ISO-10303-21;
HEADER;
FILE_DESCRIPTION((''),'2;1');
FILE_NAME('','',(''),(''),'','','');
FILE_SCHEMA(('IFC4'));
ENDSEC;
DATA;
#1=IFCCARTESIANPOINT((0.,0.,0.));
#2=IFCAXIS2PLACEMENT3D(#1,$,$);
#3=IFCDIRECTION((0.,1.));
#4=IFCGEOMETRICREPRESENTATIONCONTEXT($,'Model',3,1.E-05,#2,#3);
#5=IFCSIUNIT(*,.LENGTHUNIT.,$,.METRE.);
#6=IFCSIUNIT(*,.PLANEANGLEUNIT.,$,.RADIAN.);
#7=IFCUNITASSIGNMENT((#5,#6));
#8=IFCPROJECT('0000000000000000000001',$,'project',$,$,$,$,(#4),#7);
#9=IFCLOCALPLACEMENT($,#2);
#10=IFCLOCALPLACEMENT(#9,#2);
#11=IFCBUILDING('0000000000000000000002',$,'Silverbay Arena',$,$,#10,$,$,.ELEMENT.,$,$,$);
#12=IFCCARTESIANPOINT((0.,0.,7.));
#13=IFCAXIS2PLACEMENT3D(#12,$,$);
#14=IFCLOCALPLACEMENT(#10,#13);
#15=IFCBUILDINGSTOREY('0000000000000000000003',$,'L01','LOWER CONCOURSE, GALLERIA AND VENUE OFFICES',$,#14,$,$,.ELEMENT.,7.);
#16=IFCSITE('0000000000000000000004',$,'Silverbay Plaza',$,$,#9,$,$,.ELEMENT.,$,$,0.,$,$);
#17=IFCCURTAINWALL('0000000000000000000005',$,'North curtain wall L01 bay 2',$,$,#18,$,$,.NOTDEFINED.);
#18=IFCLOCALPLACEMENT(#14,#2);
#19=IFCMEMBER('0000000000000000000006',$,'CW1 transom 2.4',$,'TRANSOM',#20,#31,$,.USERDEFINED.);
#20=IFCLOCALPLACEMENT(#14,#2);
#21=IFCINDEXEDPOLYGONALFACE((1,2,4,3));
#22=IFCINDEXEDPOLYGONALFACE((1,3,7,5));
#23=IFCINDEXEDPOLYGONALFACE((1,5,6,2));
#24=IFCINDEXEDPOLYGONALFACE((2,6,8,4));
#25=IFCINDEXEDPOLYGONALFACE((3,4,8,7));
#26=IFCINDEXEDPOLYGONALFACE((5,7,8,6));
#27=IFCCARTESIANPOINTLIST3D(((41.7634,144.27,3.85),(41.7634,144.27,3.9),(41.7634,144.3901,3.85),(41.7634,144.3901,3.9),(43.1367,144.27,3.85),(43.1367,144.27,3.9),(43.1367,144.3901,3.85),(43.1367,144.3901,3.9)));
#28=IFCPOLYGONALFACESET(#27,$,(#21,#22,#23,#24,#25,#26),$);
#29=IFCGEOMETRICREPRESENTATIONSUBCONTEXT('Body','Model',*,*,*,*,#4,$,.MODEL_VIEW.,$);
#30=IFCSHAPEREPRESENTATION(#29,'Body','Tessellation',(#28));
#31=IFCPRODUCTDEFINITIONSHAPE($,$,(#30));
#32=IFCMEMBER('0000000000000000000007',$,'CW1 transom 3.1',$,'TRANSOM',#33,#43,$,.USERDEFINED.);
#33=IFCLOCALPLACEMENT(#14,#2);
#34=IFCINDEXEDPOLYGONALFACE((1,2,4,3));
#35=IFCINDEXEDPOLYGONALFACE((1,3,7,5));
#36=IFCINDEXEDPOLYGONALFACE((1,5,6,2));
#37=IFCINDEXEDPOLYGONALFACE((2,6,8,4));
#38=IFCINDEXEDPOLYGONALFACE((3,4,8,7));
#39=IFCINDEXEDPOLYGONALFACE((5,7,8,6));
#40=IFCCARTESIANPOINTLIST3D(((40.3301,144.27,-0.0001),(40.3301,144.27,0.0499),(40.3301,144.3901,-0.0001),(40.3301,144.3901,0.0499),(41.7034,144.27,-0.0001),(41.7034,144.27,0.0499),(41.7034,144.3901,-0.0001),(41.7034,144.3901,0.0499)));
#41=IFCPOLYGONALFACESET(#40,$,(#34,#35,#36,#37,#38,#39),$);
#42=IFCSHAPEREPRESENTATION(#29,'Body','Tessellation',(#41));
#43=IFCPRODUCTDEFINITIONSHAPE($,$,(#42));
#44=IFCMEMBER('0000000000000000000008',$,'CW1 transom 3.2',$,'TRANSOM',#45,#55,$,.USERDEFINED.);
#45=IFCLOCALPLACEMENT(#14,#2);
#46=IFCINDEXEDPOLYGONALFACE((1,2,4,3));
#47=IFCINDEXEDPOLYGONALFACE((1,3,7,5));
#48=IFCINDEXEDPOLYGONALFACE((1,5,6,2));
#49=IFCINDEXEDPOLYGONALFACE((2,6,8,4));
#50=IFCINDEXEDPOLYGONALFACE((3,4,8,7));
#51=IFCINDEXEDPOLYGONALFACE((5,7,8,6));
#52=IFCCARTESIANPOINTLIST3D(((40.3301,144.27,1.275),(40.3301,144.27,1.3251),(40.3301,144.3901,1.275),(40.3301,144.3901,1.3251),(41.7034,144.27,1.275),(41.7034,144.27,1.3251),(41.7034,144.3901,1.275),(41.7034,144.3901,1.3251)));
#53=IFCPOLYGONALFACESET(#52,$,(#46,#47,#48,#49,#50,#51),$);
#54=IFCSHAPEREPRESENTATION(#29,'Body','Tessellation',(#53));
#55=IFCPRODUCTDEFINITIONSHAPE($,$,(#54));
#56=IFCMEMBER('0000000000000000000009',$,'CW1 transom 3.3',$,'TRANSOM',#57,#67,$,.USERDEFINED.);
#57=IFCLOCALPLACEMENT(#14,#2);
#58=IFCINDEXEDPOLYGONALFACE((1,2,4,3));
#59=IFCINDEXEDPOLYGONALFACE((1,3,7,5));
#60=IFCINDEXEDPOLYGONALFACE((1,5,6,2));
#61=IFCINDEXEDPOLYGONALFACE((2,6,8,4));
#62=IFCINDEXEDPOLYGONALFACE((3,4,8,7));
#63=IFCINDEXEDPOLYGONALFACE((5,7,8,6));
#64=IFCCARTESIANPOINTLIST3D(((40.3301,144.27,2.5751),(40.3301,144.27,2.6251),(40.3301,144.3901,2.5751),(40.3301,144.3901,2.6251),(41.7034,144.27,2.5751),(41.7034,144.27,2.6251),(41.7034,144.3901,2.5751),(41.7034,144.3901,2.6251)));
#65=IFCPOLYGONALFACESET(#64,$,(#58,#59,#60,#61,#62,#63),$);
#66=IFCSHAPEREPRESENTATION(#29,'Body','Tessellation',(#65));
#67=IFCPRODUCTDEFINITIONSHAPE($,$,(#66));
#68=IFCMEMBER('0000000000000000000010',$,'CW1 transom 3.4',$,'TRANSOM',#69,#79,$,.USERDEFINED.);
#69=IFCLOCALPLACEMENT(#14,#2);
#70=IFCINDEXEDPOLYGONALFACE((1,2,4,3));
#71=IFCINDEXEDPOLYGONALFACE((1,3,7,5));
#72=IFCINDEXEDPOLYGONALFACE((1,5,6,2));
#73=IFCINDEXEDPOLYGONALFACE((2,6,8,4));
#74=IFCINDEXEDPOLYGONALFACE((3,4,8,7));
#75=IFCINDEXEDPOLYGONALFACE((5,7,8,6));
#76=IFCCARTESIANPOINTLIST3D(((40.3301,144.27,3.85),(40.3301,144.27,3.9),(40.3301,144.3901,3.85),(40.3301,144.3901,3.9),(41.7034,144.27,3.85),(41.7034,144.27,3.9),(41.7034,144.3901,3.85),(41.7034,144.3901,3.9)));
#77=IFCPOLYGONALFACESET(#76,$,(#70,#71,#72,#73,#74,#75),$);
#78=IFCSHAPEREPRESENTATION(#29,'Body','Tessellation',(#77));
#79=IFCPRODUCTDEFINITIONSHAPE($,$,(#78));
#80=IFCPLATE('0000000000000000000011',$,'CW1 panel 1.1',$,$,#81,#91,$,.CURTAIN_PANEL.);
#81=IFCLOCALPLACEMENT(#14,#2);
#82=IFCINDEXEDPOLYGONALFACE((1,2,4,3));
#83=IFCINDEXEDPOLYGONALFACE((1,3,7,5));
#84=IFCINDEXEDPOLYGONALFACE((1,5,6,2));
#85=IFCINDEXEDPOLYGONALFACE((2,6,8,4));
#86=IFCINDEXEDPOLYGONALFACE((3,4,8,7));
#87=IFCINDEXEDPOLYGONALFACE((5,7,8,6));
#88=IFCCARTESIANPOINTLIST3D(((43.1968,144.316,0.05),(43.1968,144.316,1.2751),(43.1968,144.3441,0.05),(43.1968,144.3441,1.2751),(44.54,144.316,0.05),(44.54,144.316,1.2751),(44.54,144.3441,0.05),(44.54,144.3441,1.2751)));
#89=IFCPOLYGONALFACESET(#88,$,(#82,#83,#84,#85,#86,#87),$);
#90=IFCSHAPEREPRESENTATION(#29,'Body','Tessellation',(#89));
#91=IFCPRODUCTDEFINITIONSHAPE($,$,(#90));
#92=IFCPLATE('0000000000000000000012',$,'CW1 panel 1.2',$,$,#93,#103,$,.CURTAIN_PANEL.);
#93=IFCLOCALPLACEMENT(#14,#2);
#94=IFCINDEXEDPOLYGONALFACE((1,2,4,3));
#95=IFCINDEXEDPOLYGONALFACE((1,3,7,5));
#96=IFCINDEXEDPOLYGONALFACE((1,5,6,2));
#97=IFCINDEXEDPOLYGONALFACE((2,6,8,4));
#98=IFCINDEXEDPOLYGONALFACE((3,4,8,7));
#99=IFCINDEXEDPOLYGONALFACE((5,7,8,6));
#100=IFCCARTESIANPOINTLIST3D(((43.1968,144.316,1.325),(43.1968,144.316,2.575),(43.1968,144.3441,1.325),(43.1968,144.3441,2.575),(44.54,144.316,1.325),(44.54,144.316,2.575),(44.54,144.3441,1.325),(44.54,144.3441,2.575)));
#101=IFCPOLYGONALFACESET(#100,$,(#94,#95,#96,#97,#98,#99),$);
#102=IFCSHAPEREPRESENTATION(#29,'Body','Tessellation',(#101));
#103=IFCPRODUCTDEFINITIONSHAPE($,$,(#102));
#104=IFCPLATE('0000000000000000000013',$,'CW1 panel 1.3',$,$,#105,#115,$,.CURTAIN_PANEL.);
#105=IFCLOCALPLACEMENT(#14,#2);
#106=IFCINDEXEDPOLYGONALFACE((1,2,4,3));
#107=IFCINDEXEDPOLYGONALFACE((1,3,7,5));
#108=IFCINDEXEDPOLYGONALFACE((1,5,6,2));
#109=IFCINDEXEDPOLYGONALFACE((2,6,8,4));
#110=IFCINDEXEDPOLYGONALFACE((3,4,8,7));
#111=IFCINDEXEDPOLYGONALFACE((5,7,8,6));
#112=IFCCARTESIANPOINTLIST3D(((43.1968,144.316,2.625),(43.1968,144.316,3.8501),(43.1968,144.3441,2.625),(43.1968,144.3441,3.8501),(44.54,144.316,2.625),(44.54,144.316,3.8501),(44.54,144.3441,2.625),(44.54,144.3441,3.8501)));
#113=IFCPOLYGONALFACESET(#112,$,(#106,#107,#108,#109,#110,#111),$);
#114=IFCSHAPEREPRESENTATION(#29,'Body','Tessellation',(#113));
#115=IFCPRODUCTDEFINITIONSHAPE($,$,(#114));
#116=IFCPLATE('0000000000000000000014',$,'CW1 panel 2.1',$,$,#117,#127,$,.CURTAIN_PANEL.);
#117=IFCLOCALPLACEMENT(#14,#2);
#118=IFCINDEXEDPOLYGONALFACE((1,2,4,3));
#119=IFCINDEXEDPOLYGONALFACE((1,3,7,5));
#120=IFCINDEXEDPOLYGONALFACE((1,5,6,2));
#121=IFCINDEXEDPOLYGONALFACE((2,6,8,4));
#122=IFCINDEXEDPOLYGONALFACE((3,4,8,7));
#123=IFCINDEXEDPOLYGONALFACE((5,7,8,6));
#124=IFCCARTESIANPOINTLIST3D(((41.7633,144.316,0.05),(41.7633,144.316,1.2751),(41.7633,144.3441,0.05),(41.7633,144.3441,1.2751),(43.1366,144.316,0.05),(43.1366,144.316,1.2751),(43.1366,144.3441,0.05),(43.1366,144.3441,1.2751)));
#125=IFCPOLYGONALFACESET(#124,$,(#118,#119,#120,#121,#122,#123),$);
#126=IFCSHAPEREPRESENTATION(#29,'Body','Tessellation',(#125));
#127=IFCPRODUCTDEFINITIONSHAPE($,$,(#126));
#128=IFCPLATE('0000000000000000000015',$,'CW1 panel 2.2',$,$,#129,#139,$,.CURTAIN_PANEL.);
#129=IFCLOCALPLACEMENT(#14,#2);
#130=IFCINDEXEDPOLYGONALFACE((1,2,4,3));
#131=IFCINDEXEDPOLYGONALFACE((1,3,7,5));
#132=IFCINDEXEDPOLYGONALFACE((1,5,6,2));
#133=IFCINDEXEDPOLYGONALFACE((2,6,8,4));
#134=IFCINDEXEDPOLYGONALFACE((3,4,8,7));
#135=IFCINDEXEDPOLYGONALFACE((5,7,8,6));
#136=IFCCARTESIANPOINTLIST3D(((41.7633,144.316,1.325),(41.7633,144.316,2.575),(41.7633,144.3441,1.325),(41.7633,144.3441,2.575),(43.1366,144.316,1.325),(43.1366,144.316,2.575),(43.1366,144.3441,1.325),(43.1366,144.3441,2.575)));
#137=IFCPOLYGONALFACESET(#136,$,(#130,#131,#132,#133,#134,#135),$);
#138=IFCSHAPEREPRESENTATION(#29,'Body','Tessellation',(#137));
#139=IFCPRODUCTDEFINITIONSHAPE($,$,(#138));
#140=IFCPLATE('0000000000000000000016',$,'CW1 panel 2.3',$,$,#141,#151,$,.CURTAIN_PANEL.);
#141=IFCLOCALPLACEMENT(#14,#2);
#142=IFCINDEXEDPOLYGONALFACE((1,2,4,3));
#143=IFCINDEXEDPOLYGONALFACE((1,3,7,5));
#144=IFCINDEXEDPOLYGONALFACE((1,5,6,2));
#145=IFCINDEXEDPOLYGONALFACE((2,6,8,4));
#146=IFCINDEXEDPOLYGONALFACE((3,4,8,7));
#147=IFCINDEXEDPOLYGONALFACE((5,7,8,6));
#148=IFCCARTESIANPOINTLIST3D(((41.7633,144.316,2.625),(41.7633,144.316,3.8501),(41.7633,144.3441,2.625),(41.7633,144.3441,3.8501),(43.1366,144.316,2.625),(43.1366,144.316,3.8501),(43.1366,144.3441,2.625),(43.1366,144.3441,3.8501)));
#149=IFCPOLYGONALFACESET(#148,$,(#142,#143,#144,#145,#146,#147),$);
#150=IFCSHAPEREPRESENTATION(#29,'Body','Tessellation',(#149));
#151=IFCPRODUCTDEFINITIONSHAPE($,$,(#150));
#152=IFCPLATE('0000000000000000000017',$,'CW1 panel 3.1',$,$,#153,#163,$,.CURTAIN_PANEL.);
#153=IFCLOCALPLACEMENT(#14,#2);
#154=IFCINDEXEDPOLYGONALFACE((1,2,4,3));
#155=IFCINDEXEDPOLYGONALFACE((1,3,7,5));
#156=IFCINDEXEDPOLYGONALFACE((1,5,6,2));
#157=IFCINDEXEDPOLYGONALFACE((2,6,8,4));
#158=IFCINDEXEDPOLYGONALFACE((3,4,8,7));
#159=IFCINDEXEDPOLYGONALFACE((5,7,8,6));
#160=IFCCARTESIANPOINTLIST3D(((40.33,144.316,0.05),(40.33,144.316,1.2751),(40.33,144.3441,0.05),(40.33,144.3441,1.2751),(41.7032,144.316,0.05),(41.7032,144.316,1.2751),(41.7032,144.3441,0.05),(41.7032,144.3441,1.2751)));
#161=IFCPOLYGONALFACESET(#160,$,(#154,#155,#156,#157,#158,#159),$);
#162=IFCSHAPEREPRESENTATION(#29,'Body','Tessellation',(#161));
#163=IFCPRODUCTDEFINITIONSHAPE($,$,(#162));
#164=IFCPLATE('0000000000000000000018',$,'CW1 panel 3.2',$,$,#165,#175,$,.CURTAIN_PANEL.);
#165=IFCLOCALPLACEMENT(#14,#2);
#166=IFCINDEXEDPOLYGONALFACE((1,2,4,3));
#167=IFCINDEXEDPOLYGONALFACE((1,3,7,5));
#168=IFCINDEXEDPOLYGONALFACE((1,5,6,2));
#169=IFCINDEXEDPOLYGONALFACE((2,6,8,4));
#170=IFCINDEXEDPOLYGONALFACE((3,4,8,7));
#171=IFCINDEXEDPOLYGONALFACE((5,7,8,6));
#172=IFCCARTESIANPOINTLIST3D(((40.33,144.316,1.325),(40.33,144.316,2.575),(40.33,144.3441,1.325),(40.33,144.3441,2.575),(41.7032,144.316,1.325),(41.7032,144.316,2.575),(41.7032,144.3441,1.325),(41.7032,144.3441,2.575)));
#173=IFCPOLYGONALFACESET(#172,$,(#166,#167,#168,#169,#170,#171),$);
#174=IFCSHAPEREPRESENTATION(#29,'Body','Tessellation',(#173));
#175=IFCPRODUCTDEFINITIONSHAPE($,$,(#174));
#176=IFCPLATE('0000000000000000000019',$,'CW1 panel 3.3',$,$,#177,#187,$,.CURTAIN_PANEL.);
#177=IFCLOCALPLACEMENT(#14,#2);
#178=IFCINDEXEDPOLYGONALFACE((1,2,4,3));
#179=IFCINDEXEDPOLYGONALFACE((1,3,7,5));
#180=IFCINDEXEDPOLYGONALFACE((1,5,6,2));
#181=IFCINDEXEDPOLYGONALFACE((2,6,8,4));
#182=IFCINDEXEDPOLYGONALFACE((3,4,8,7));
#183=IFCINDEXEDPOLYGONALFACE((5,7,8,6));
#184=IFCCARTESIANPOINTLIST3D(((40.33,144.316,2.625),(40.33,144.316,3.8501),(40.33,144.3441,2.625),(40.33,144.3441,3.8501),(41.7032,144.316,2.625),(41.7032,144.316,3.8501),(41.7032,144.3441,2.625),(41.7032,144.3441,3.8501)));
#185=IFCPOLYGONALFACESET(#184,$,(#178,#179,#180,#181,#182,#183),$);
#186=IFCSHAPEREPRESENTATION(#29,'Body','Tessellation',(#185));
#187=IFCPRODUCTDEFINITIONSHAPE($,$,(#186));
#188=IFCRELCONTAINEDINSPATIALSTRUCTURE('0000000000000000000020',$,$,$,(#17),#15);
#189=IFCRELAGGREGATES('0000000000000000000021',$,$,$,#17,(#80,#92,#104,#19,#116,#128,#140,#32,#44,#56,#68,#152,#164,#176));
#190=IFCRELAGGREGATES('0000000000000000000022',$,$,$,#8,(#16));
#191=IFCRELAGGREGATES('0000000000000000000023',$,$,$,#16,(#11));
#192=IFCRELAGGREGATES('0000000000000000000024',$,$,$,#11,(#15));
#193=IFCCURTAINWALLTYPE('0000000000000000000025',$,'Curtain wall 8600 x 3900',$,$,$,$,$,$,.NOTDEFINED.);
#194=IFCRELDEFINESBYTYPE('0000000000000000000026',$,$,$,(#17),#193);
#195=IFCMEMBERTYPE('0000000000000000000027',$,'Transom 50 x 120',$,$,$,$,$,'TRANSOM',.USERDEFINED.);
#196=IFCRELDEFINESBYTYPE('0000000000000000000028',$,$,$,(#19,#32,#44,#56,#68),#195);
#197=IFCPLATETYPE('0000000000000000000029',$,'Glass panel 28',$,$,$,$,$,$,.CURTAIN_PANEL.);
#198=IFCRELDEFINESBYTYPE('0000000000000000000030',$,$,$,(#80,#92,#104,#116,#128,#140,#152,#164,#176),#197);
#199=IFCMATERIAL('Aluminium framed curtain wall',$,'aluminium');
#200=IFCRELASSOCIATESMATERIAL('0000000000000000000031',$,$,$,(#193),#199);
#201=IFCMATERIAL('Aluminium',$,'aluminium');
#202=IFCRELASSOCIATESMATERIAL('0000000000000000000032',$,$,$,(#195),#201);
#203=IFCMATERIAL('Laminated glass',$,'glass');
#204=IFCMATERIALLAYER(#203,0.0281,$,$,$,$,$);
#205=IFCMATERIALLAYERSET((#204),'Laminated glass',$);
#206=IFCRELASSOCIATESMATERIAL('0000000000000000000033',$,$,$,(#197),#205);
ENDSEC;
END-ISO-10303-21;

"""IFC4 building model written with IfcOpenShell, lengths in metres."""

from ifc_helpers import new_model, si_unit, direction, frame, origin, origin_2d, place, context, subcontext, project, spatial, rectangle, extrude, material, layer, layer_set, material_profile, profile_set, type_object, element, aggregate, save


model = new_model("IFC4")

# Units and contexts
model_context = context("Model", 3, precision=1e-05, world=origin(), true_north=direction((0.0, 1.0)))
body_context = subcontext(model_context, "Body", "Model", "MODEL_VIEW")
ifc_project = project(units=[si_unit("LENGTHUNIT", "METRE"), si_unit("PLANEANGLEUNIT", "RADIAN")], contexts=[model_context])

# Site, building, storey
site_placement = place(None, origin())
site = spatial("IfcSite", under=ifc_project, at=site_placement, Name="Silverbay Plaza", CompositionType="ELEMENT", RefElevation=0.0)
building_placement = place(site_placement, origin())
building = spatial("IfcBuilding", under=site, at=building_placement, Name="Silverbay Arena", CompositionType="ELEMENT")
storey_placement = place(building_placement, frame((0.0, 0.0, 7.0)))
storey = spatial("IfcBuildingStorey", under=building, at=storey_placement, Name="L01", Description="LOWER CONCOURSE, GALLERIA AND VENUE OFFICES", CompositionType="ELEMENT", Elevation=7.0)

# Curtain wall
ifc_material_1 = material(Name="Aluminium framed curtain wall", Category="aluminium")
curtain_wall_type = type_object("IfcCurtainWallType", Name="Curtain wall 8600 x 3900", PredefinedType="NOTDEFINED", material=ifc_material_1)
curtain_wall_placement = place(storey_placement, origin())
curtain_wall = element("IfcCurtainWall", 1, at=curtain_wall_placement, inside=storey, type_object=curtain_wall_type, Name="North curtain wall L01 bay 2", PredefinedType="NOTDEFINED")

# Members
ifc_material_2 = material(Name="Aluminium", Category="aluminium")
ifc_material_profile_1 = material_profile(ifc_material_2, rectangle(XDim=0.1201, YDim=0.05, at=origin_2d()), Name="Transom 50 x 120")
ifc_profile_set_1 = profile_set([ifc_material_profile_1], Name="Aluminium")
member_type_1 = type_object("IfcMemberType", Name="Transom 50 x 120", ElementType="TRANSOM", PredefinedType="USERDEFINED", material=ifc_profile_set_1)
member_1_placement = place(storey_placement, frame((43.1367, 144.3301, 3.875), z_axis=(-1.0, 0.0, 0.0), x_axis=(0.0, -1.0, 0.0)))
member_1 = element("IfcMember", 2, at=member_1_placement, type_object=member_type_1, Name="CW1 transom 2.4", ObjectType="TRANSOM", PredefinedType="USERDEFINED", context=body_context, shape_type="SweptSolid", body=[
    extrude(rectangle(XDim=0.1201, YDim=0.05, at=origin_2d()), origin(), (0.0, 0.0, 1.0), 1.3733),
])
member_2_placement = place(storey_placement, frame((41.7034, 144.3301, 0.0249), z_axis=(-1.0, 0.0, 0.0), x_axis=(0.0, -1.0, 0.0)))
member_2 = element("IfcMember", 3, at=member_2_placement, type_object=member_type_1, Name="CW1 transom 3.1", ObjectType="TRANSOM", PredefinedType="USERDEFINED", context=body_context, shape_type="SweptSolid", body=[
    extrude(rectangle(XDim=0.1201, YDim=0.05, at=origin_2d()), origin(), (0.0, 0.0, 1.0), 1.3733),
])
member_3_placement = place(storey_placement, frame((41.7034, 144.3301, 1.3), z_axis=(-1.0, 0.0, 0.0), x_axis=(0.0, -1.0, 0.0)))
member_3 = element("IfcMember", 4, at=member_3_placement, type_object=member_type_1, Name="CW1 transom 3.2", ObjectType="TRANSOM", PredefinedType="USERDEFINED", context=body_context, shape_type="SweptSolid", body=[
    extrude(rectangle(XDim=0.1201, YDim=0.05, at=origin_2d()), origin(), (0.0, 0.0, 1.0), 1.3733),
])
member_4_placement = place(storey_placement, frame((41.7034, 144.3301, 2.6001), z_axis=(-1.0, 0.0, 0.0), x_axis=(0.0, -1.0, 0.0)))
member_4 = element("IfcMember", 5, at=member_4_placement, type_object=member_type_1, Name="CW1 transom 3.3", ObjectType="TRANSOM", PredefinedType="USERDEFINED", context=body_context, shape_type="SweptSolid", body=[
    extrude(rectangle(XDim=0.1201, YDim=0.05, at=origin_2d()), origin(), (0.0, 0.0, 1.0), 1.3733),
])
member_5_placement = place(storey_placement, frame((41.7034, 144.3301, 3.875), z_axis=(-1.0, 0.0, 0.0), x_axis=(0.0, -1.0, 0.0)))
member_5 = element("IfcMember", 6, at=member_5_placement, type_object=member_type_1, Name="CW1 transom 3.4", ObjectType="TRANSOM", PredefinedType="USERDEFINED", context=body_context, shape_type="SweptSolid", body=[
    extrude(rectangle(XDim=0.1201, YDim=0.05, at=origin_2d()), origin(), (0.0, 0.0, 1.0), 1.3733),
])

# Plates
ifc_material_3 = material(Name="Laminated glass", Category="glass")
ifc_layer_1 = layer(ifc_material_3, 0.0281)
ifc_layer_set_1 = layer_set([ifc_layer_1], Name="Laminated glass")
plate_type = type_object("IfcPlateType", Name="Glass panel 28", PredefinedType="CURTAIN_PANEL", material=ifc_layer_set_1)
plate_1_placement = place(storey_placement, frame((43.8684, 144.3301, 0.05), z_axis=(0.0, 0.0, 1.0), x_axis=(-1.0, 0.0, 0.0)))
plate_1 = element("IfcPlate", 7, at=plate_1_placement, type_object=plate_type, Name="CW1 panel 1.1", PredefinedType="CURTAIN_PANEL", context=body_context, shape_type="SweptSolid", body=[
    extrude(rectangle(XDim=1.3433, YDim=0.0281, at=origin_2d()), origin(), (0.0, 0.0, 1.0), 1.2251),
])
plate_2_placement = place(storey_placement, frame((43.8684, 144.3301, 1.325), z_axis=(0.0, 0.0, 1.0), x_axis=(-1.0, 0.0, 0.0)))
plate_2 = element("IfcPlate", 8, at=plate_2_placement, type_object=plate_type, Name="CW1 panel 1.2", PredefinedType="CURTAIN_PANEL", context=body_context, shape_type="SweptSolid", body=[
    extrude(rectangle(XDim=1.3433, YDim=0.0281, at=origin_2d()), origin(), (0.0, 0.0, 1.0), 1.25),
])
plate_3_placement = place(storey_placement, frame((43.8684, 144.3301, 2.625), z_axis=(0.0, 0.0, 1.0), x_axis=(-1.0, 0.0, 0.0)))
plate_3 = element("IfcPlate", 9, at=plate_3_placement, type_object=plate_type, Name="CW1 panel 1.3", PredefinedType="CURTAIN_PANEL", context=body_context, shape_type="SweptSolid", body=[
    extrude(rectangle(XDim=1.3433, YDim=0.0281, at=origin_2d()), origin(), (0.0, 0.0, 1.0), 1.2251),
])
plate_4_placement = place(storey_placement, frame((42.45, 144.3301, 0.05), z_axis=(0.0, 0.0, 1.0), x_axis=(-1.0, 0.0, 0.0)))
plate_4 = element("IfcPlate", 10, at=plate_4_placement, type_object=plate_type, Name="CW1 panel 2.1", PredefinedType="CURTAIN_PANEL", context=body_context, shape_type="SweptSolid", body=[
    extrude(rectangle(XDim=1.3733, YDim=0.0281, at=origin_2d()), origin(), (0.0, 0.0, 1.0), 1.2251),
])
plate_5_placement = place(storey_placement, frame((42.45, 144.3301, 1.325), z_axis=(0.0, 0.0, 1.0), x_axis=(-1.0, 0.0, 0.0)))
plate_5 = element("IfcPlate", 11, at=plate_5_placement, type_object=plate_type, Name="CW1 panel 2.2", PredefinedType="CURTAIN_PANEL", context=body_context, shape_type="SweptSolid", body=[
    extrude(rectangle(XDim=1.3733, YDim=0.0281, at=origin_2d()), origin(), (0.0, 0.0, 1.0), 1.25),
])
plate_6_placement = place(storey_placement, frame((42.45, 144.3301, 2.625), z_axis=(0.0, 0.0, 1.0), x_axis=(-1.0, 0.0, 0.0)))
plate_6 = element("IfcPlate", 12, at=plate_6_placement, type_object=plate_type, Name="CW1 panel 2.3", PredefinedType="CURTAIN_PANEL", context=body_context, shape_type="SweptSolid", body=[
    extrude(rectangle(XDim=1.3733, YDim=0.0281, at=origin_2d()), origin(), (0.0, 0.0, 1.0), 1.2251),
])
plate_7_placement = place(storey_placement, frame((41.0166, 144.3301, 0.05), z_axis=(0.0, 0.0, 1.0), x_axis=(-1.0, 0.0, 0.0)))
plate_7 = element("IfcPlate", 13, at=plate_7_placement, type_object=plate_type, Name="CW1 panel 3.1", PredefinedType="CURTAIN_PANEL", context=body_context, shape_type="SweptSolid", body=[
    extrude(rectangle(XDim=1.3733, YDim=0.0281, at=origin_2d()), origin(), (0.0, 0.0, 1.0), 1.2251),
])
plate_8_placement = place(storey_placement, frame((41.0166, 144.3301, 1.325), z_axis=(0.0, 0.0, 1.0), x_axis=(-1.0, 0.0, 0.0)))
plate_8 = element("IfcPlate", 14, at=plate_8_placement, type_object=plate_type, Name="CW1 panel 3.2", PredefinedType="CURTAIN_PANEL", context=body_context, shape_type="SweptSolid", body=[
    extrude(rectangle(XDim=1.3733, YDim=0.0281, at=origin_2d()), origin(), (0.0, 0.0, 1.0), 1.25),
])
plate_9_placement = place(storey_placement, frame((41.0166, 144.3301, 2.625), z_axis=(0.0, 0.0, 1.0), x_axis=(-1.0, 0.0, 0.0)))
plate_9 = element("IfcPlate", 15, at=plate_9_placement, type_object=plate_type, Name="CW1 panel 3.3", PredefinedType="CURTAIN_PANEL", context=body_context, shape_type="SweptSolid", body=[
    extrude(rectangle(XDim=1.3733, YDim=0.0281, at=origin_2d()), origin(), (0.0, 0.0, 1.0), 1.2251),
])
aggregate(curtain_wall, [plate_1, plate_2, plate_3, member_1, plate_4, plate_5, plate_6, member_2, member_3, member_4, member_5, plate_7, plate_8, plate_9])

save(model, "model.ifc")
